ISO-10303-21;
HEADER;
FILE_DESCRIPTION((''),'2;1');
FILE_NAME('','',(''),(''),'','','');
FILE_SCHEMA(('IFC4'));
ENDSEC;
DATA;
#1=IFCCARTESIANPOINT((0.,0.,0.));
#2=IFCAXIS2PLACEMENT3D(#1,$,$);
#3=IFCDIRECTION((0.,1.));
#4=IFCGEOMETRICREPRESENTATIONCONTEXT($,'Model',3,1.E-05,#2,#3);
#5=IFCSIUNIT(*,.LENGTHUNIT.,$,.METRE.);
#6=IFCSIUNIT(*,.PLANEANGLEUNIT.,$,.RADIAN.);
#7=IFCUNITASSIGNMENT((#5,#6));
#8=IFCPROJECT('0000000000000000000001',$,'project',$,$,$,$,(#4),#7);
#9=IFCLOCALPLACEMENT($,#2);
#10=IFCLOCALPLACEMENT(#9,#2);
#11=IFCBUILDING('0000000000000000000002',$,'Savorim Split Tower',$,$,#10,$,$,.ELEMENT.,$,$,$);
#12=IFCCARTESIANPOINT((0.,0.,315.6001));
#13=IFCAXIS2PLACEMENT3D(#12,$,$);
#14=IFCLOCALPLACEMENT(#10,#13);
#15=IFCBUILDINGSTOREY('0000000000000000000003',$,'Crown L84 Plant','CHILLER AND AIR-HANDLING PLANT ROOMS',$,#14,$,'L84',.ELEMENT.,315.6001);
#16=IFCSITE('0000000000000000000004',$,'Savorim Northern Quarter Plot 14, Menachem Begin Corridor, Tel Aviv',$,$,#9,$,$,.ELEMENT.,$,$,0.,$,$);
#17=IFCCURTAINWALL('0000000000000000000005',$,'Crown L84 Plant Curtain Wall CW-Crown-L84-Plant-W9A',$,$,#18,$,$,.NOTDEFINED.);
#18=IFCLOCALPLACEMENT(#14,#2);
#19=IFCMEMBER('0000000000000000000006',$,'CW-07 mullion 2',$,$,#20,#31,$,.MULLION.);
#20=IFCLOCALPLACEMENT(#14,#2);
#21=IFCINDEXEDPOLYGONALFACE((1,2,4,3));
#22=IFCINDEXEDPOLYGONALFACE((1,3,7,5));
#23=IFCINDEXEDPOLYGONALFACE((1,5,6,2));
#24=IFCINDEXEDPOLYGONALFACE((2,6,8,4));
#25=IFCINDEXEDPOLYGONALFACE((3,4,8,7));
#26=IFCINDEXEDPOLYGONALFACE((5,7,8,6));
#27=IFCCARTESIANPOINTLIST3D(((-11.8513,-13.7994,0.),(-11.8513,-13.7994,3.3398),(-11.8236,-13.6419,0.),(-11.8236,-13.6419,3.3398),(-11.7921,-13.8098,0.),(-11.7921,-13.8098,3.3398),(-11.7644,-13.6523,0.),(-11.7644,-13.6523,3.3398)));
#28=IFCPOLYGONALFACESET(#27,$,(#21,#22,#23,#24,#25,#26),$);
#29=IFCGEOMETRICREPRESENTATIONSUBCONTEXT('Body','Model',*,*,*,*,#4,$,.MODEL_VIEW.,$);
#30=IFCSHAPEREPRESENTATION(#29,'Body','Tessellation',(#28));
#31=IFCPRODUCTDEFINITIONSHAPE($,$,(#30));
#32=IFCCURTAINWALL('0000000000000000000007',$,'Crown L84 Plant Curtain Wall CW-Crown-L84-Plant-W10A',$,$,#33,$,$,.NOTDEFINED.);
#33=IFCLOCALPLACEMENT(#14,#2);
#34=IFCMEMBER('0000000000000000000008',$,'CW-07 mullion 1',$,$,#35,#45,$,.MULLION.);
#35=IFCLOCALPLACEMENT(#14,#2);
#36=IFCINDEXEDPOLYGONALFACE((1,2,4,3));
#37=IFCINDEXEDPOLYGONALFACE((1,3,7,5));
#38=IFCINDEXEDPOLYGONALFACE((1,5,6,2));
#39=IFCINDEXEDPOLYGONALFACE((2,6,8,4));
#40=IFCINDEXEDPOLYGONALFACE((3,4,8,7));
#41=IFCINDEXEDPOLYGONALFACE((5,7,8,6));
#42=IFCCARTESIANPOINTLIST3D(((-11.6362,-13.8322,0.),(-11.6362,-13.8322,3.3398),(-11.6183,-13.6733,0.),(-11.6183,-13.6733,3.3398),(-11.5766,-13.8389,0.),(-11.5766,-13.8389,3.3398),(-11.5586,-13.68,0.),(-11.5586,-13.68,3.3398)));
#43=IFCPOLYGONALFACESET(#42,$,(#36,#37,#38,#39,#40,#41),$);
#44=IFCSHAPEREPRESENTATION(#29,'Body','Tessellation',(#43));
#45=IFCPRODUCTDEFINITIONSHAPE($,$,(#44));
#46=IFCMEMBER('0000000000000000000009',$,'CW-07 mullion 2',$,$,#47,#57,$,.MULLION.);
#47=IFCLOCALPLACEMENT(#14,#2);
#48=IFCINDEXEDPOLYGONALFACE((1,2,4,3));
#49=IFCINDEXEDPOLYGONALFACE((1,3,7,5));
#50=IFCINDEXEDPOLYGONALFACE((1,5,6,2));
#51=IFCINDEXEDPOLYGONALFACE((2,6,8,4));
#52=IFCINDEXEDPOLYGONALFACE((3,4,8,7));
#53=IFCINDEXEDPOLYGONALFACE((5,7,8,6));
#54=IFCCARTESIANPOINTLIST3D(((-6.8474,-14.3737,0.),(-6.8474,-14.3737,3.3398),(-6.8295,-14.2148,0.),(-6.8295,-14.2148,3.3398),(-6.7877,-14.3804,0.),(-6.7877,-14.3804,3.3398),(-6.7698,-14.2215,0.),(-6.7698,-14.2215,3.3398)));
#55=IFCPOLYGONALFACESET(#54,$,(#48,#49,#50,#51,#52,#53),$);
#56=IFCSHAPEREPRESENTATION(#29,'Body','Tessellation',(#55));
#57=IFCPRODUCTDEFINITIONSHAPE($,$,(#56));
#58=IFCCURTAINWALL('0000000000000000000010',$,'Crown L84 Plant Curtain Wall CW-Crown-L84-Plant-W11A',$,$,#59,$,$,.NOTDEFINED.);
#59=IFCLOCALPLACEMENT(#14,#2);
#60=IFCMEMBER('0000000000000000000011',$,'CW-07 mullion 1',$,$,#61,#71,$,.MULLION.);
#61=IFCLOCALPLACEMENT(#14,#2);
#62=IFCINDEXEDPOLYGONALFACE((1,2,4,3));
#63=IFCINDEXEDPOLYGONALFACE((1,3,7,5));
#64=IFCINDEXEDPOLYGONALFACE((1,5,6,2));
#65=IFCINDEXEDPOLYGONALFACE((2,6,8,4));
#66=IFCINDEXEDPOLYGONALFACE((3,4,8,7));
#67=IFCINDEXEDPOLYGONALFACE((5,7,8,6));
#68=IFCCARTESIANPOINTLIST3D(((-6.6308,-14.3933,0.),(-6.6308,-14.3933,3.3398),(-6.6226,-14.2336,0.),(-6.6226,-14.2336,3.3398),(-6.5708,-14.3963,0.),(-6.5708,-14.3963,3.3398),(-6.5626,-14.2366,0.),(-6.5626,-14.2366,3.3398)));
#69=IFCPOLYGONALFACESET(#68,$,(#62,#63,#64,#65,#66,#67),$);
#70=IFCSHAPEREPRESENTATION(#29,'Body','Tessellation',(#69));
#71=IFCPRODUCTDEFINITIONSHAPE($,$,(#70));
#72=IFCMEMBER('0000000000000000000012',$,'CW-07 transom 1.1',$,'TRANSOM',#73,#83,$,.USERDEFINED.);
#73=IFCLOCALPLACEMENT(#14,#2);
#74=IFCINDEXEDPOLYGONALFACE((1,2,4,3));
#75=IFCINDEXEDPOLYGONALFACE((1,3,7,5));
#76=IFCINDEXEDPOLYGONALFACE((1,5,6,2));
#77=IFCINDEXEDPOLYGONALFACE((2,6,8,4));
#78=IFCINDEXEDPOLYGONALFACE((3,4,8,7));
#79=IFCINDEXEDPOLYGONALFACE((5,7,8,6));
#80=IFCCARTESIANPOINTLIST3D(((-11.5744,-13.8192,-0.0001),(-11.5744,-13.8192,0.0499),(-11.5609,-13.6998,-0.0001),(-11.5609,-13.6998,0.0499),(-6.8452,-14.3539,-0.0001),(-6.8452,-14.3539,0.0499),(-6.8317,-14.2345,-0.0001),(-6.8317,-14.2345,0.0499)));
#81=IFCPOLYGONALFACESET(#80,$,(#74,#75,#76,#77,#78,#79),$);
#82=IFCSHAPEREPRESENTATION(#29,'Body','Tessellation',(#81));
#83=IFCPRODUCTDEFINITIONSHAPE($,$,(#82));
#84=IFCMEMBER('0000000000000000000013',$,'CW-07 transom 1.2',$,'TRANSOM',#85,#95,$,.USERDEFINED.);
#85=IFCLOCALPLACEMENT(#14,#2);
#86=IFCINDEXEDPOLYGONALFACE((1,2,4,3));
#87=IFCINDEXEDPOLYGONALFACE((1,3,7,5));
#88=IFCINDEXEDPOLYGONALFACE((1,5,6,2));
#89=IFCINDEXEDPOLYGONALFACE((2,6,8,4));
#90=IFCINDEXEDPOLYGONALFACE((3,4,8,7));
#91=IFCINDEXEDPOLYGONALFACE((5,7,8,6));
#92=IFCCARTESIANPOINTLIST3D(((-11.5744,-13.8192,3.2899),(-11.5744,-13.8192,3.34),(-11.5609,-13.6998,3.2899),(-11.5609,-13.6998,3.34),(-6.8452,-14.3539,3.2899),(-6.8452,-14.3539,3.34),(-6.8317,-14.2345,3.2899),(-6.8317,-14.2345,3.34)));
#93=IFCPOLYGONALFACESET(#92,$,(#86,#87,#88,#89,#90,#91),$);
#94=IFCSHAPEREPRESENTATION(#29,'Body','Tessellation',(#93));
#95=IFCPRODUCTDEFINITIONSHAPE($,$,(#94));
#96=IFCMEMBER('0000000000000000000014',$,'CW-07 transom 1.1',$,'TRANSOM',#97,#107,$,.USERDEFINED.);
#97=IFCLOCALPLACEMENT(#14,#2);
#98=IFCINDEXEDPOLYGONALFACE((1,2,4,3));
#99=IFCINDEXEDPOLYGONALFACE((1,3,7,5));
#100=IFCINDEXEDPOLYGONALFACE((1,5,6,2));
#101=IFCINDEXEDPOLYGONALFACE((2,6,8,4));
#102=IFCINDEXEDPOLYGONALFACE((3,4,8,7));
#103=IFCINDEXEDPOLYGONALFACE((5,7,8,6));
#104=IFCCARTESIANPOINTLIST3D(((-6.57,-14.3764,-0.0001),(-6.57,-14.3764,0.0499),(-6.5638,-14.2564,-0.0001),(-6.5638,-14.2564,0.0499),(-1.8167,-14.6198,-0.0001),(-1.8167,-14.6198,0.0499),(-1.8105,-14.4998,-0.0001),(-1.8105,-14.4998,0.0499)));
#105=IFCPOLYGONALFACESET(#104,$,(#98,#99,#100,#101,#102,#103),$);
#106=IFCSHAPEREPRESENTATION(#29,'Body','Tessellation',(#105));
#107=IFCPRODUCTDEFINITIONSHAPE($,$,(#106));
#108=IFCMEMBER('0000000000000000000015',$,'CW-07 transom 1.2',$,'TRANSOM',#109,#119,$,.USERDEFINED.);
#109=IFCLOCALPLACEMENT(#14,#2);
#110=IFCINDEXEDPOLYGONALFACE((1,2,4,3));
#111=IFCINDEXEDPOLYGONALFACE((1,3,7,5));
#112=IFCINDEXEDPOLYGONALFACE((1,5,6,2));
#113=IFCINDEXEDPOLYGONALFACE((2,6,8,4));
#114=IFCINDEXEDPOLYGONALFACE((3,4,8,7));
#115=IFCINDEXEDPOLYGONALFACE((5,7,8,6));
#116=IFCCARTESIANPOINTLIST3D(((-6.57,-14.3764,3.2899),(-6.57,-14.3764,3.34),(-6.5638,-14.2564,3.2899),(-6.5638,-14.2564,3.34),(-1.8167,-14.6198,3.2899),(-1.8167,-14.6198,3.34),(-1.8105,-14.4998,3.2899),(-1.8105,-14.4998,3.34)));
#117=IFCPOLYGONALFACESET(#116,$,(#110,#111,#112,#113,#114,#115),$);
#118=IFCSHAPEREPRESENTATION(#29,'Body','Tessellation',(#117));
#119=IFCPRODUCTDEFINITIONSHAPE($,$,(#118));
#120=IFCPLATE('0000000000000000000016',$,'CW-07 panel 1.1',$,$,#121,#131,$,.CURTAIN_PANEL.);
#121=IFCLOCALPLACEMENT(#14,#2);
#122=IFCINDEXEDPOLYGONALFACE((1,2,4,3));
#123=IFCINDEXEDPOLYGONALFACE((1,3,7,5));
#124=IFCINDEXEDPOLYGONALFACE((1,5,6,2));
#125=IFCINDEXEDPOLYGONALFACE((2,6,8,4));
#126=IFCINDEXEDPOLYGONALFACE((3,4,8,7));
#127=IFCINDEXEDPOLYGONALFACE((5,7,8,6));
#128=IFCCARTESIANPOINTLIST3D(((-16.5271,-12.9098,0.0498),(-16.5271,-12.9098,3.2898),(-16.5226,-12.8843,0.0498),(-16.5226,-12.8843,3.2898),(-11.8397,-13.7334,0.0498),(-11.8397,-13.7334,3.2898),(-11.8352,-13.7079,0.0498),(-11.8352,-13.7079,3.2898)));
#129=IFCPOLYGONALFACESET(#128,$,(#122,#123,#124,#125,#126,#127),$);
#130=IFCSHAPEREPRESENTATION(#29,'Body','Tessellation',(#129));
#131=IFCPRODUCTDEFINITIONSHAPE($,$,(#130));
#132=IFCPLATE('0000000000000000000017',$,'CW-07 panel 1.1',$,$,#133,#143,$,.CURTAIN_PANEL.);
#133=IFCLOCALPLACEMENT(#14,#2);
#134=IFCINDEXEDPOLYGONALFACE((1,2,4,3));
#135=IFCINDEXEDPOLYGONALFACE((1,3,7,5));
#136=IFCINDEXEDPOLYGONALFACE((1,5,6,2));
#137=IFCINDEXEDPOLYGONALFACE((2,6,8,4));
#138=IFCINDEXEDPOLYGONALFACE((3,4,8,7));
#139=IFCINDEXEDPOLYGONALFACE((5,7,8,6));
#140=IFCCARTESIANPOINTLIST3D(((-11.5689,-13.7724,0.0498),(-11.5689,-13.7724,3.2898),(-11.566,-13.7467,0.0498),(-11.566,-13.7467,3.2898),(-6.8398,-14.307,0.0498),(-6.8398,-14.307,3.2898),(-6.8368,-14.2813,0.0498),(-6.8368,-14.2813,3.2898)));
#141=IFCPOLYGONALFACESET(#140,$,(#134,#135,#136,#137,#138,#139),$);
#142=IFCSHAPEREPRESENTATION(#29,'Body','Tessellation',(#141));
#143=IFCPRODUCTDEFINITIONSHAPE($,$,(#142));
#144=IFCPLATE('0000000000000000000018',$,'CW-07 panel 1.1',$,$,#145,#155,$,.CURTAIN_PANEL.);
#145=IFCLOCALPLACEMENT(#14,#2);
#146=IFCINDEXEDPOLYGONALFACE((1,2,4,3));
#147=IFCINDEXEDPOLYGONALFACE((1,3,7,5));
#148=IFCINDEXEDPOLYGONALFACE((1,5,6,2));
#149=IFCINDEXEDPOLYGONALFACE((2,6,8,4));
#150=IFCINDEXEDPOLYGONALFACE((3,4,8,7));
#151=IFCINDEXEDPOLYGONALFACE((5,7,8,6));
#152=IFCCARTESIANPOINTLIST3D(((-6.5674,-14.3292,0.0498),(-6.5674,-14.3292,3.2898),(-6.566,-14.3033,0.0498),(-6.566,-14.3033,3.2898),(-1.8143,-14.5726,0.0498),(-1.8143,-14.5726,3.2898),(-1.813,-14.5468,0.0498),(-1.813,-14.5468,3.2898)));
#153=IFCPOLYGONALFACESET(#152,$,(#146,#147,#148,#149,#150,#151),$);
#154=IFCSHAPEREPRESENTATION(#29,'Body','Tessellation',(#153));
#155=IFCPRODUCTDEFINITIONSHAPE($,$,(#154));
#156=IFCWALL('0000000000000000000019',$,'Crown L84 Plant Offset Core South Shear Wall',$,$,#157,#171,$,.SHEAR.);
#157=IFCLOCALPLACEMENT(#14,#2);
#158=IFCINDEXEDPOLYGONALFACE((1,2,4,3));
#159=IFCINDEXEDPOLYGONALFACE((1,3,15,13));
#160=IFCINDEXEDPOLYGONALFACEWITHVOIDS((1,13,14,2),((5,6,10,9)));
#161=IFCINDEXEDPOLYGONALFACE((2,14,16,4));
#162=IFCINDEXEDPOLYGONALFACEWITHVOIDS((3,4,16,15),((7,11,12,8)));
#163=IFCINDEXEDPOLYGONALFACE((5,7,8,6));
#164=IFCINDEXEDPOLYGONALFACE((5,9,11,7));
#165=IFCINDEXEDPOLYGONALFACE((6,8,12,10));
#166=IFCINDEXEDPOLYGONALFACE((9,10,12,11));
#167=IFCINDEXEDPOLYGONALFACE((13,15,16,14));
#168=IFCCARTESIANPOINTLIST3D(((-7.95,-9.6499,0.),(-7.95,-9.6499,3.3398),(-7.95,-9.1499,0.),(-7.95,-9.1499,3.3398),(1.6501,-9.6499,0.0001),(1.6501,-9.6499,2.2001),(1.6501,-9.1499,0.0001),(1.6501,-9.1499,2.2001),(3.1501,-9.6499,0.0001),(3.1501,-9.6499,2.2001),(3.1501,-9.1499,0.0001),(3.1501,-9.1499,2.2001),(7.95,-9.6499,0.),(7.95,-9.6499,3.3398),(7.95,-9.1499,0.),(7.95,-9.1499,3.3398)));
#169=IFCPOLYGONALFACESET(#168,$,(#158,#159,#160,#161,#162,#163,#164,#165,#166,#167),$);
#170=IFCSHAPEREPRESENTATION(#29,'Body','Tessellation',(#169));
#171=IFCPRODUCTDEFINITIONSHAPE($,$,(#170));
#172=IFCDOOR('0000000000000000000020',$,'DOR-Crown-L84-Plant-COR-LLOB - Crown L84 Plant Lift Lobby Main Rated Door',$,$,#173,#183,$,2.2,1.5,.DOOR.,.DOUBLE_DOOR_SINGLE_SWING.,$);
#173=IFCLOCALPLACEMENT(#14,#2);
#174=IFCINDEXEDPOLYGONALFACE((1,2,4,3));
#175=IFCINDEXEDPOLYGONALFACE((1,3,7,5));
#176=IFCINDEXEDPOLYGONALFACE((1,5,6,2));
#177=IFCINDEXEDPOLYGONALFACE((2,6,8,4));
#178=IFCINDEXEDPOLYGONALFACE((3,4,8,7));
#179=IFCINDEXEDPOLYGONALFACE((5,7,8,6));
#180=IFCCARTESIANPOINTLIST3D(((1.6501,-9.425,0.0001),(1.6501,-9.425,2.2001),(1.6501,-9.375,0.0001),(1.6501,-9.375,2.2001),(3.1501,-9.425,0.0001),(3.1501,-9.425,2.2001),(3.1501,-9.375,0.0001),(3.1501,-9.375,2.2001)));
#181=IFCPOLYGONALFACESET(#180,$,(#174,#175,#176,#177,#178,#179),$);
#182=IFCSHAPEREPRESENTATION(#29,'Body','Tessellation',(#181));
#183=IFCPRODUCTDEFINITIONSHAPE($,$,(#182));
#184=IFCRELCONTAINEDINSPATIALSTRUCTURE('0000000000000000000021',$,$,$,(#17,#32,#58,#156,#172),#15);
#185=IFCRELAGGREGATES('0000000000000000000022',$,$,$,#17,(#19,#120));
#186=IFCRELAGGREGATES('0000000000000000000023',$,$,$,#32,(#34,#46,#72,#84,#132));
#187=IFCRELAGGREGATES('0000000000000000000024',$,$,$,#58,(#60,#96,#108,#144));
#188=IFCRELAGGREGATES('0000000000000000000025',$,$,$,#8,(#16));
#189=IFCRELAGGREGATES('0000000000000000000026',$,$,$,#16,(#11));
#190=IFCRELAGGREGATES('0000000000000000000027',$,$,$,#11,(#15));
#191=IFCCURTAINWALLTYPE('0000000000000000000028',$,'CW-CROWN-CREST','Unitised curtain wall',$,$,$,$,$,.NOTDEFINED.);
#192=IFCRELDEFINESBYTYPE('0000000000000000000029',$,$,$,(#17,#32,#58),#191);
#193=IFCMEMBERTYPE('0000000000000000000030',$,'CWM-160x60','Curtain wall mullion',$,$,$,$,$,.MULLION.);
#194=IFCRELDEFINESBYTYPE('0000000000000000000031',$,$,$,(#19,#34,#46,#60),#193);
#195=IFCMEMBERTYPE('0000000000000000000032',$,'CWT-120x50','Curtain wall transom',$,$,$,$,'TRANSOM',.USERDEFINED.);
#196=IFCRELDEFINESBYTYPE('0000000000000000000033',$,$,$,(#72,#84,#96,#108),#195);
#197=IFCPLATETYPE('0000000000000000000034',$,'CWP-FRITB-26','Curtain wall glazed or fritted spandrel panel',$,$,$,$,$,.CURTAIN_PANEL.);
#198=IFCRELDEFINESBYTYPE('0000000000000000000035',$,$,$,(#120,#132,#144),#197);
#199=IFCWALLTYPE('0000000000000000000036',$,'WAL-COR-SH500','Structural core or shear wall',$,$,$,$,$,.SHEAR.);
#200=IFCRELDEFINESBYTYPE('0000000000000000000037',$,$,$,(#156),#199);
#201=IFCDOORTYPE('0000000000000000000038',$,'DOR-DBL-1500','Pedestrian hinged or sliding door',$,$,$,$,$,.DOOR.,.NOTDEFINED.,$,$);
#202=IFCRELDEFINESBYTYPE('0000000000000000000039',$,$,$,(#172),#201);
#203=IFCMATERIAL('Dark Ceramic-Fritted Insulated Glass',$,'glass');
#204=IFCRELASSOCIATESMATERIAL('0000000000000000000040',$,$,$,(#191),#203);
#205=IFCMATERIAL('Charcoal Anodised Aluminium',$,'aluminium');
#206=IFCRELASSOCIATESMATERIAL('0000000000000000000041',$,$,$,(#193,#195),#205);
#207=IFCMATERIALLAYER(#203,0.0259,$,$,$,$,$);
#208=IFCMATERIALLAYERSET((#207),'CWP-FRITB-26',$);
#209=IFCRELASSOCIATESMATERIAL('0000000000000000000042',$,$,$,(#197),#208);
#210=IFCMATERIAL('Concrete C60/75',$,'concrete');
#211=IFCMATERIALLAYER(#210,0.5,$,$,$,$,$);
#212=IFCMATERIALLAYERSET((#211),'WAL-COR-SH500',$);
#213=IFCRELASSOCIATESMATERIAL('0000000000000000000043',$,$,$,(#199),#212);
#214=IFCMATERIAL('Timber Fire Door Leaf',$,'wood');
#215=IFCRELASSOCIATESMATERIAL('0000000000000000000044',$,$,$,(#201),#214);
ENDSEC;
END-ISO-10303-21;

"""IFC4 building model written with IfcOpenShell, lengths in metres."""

from ifc_helpers import new_model, si_unit, direction, frame, frame_2d, origin, origin_2d, place, context, subcontext, project, spatial, rectangle, extrude, material, layer, layer_set, material_profile, profile_set, type_object, element, fill, aggregate, save


model = new_model("IFC4")

# Units and contexts
model_context = context("Model", 3, precision=1e-05, world=origin(), true_north=direction((0.0, 1.0)))
body_context = subcontext(model_context, "Body", "Model", "MODEL_VIEW")
ifc_project = project(units=[si_unit("LENGTHUNIT", "METRE"), si_unit("PLANEANGLEUNIT", "RADIAN")], contexts=[model_context])

# Site, building, storey
site_placement = place(None, origin())
site = spatial("IfcSite", under=ifc_project, at=site_placement, Name="Savorim Northern Quarter Plot 14, Menachem Begin Corridor, Tel Aviv", CompositionType="ELEMENT", RefElevation=0.0)
building_placement = place(site_placement, origin())
building = spatial("IfcBuilding", under=site, at=building_placement, Name="Savorim Split Tower", CompositionType="ELEMENT")
storey_placement = place(building_placement, frame((0.0, 0.0, 315.6001)))
storey = spatial("IfcBuildingStorey", under=building, at=storey_placement, Name="Crown L84 Plant", Description="CHILLER AND AIR-HANDLING PLANT ROOMS", LongName="L84", CompositionType="ELEMENT", Elevation=315.6001)

# Curtain wall, member
ifc_material_1 = material(Name="Dark Ceramic-Fritted Insulated Glass", Category="glass")
curtain_wall_type = type_object("IfcCurtainWallType", Name="CW-CROWN-CREST", Description="Unitised curtain wall", PredefinedType="NOTDEFINED", material=ifc_material_1)
curtain_wall_1_placement = place(storey_placement, origin())
curtain_wall_1 = element("IfcCurtainWall", 1, at=curtain_wall_1_placement, inside=storey, type_object=curtain_wall_type, Name="Crown L84 Plant Curtain Wall CW-Crown-L84-Plant-W9A", PredefinedType="NOTDEFINED")
ifc_material_2 = material(Name="Charcoal Anodised Aluminium", Category="aluminium")
ifc_material_profile_1 = material_profile(ifc_material_2, rectangle(XDim=0.1599, YDim=0.0601, at=origin_2d()), Name="ALU-M 160x60")
ifc_profile_set_1 = profile_set([ifc_material_profile_1], Name="Charcoal Anodised Aluminium")
member_type_1 = type_object("IfcMemberType", Name="CWM-160x60", Description="Curtain wall mullion", PredefinedType="MULLION", material=ifc_profile_set_1)
member_1_placement = place(storey_placement, frame((-11.8079, -13.7258, 0.0), z_axis=(0.0, 0.0, 1.0), x_axis=(0.173057, 0.984912, 0.0)))
member_1 = element("IfcMember", 2, at=member_1_placement, type_object=member_type_1, Name="CW-07 mullion 2", PredefinedType="MULLION", context=body_context, shape_type="SweptSolid", body=[
    extrude(rectangle(XDim=0.1599, YDim=0.0601, at=origin_2d()), origin(), (0.0, 0.0, 1.0), 3.3398),
])

# Curtain wall, members
curtain_wall_2_placement = place(storey_placement, origin())
curtain_wall_2 = element("IfcCurtainWall", 3, at=curtain_wall_2_placement, inside=storey, type_object=curtain_wall_type, Name="Crown L84 Plant Curtain Wall CW-Crown-L84-Plant-W10A", PredefinedType="NOTDEFINED")
member_2_placement = place(storey_placement, frame((-11.5974, -13.7561, 0.0), z_axis=(0.0, 0.0, 1.0), x_axis=(0.11233, 0.993671, 0.0)))
member_2 = element("IfcMember", 4, at=member_2_placement, type_object=member_type_1, Name="CW-07 mullion 1", PredefinedType="MULLION", context=body_context, shape_type="SweptSolid", body=[
    extrude(rectangle(XDim=0.1599, YDim=0.0601, at=origin_2d()), origin(), (0.0, 0.0, 1.0), 3.3398),
])
member_3_placement = place(storey_placement, frame((-6.8086, -14.2976, 0.0), z_axis=(0.0, 0.0, 1.0), x_axis=(0.11233, 0.993671, 0.0)))
member_3 = element("IfcMember", 5, at=member_3_placement, type_object=member_type_1, Name="CW-07 mullion 2", PredefinedType="MULLION", context=body_context, shape_type="SweptSolid", body=[
    extrude(rectangle(XDim=0.1599, YDim=0.0601, at=origin_2d()), origin(), (0.0, 0.0, 1.0), 3.3398),
])

# Curtain wall, member
curtain_wall_3_placement = place(storey_placement, origin())
curtain_wall_3 = element("IfcCurtainWall", 6, at=curtain_wall_3_placement, inside=storey, type_object=curtain_wall_type, Name="Crown L84 Plant Curtain Wall CW-Crown-L84-Plant-W11A", PredefinedType="NOTDEFINED")
member_4_placement = place(storey_placement, frame((-6.5967, -14.3149, 0.0), z_axis=(0.0, 0.0, 1.0), x_axis=(0.051154, 0.998691, 0.0)))
member_4 = element("IfcMember", 7, at=member_4_placement, type_object=member_type_1, Name="CW-07 mullion 1", PredefinedType="MULLION", context=body_context, shape_type="SweptSolid", body=[
    extrude(rectangle(XDim=0.1599, YDim=0.0601, at=origin_2d()), origin(), (0.0, 0.0, 1.0), 3.3398),
])

# Members
ifc_material_profile_2 = material_profile(ifc_material_2, rectangle(XDim=0.1201, YDim=0.05, at=origin_2d()), Name="ALU-T 120x50")
ifc_profile_set_2 = profile_set([ifc_material_profile_2], Name="Charcoal Anodised Aluminium")
member_type_2 = type_object("IfcMemberType", Name="CWT-120x50", Description="Curtain wall transom", ElementType="TRANSOM", PredefinedType="USERDEFINED", material=ifc_profile_set_2)
member_5_placement = place(storey_placement, frame((-11.5676, -13.7595, 0.0249), z_axis=(0.99367, -0.11234, 0.0), x_axis=(0.11234, 0.99367, 0.0)))
member_5 = element("IfcMember", 8, at=member_5_placement, type_object=member_type_2, Name="CW-07 transom 1.1", ObjectType="TRANSOM", PredefinedType="USERDEFINED", context=body_context, shape_type="SweptSolid", body=[
    extrude(rectangle(XDim=0.1201, YDim=0.05, at=origin_2d()), origin(), (0.0, 0.0, 1.0), 4.7593),
])
member_6_placement = place(storey_placement, frame((-11.5676, -13.7595, 3.3149), z_axis=(0.99367, -0.11234, 0.0), x_axis=(0.11234, 0.99367, 0.0)))
member_6 = element("IfcMember", 9, at=member_6_placement, type_object=member_type_2, Name="CW-07 transom 1.2", ObjectType="TRANSOM", PredefinedType="USERDEFINED", context=body_context, shape_type="SweptSolid", body=[
    extrude(rectangle(XDim=0.1201, YDim=0.05, at=origin_2d()), origin(), (0.0, 0.0, 1.0), 4.7593),
])
member_7_placement = place(storey_placement, frame((-6.5669, -14.3164, 0.0249), z_axis=(0.998691, -0.051143, 0.0), x_axis=(0.051143, 0.998691, 0.0)))
member_7 = element("IfcMember", 10, at=member_7_placement, type_object=member_type_2, Name="CW-07 transom 1.1", ObjectType="TRANSOM", PredefinedType="USERDEFINED", context=body_context, shape_type="SweptSolid", body=[
    extrude(rectangle(XDim=0.1201, YDim=0.05, at=origin_2d()), origin(), (0.0, 0.0, 1.0), 4.7595),
])
member_8_placement = place(storey_placement, frame((-6.5669, -14.3164, 3.3149), z_axis=(0.998691, -0.051143, 0.0), x_axis=(0.051143, 0.998691, 0.0)))
member_8 = element("IfcMember", 11, at=member_8_placement, type_object=member_type_2, Name="CW-07 transom 1.2", ObjectType="TRANSOM", PredefinedType="USERDEFINED", context=body_context, shape_type="SweptSolid", body=[
    extrude(rectangle(XDim=0.1201, YDim=0.05, at=origin_2d()), origin(), (0.0, 0.0, 1.0), 4.7595),
])

# Plates
ifc_layer_1 = layer(ifc_material_1, 0.0259)
ifc_layer_set_1 = layer_set([ifc_layer_1], Name="CWP-FRITB-26")
plate_type = type_object("IfcPlateType", Name="CWP-FRITB-26", Description="Curtain wall glazed or fritted spandrel panel", PredefinedType="CURTAIN_PANEL", material=ifc_layer_set_1)
plate_1_placement = place(storey_placement, frame((-14.1812, -13.3088, 0.0498), z_axis=(0.0, 0.0, 1.0), x_axis=(0.984912, -0.173057, 0.0)))
plate_1 = element("IfcPlate", 12, at=plate_1_placement, type_object=plate_type, Name="CW-07 panel 1.1", PredefinedType="CURTAIN_PANEL", context=body_context, shape_type="SweptSolid", body=[
    extrude(rectangle(XDim=4.7593, YDim=0.0259, at=origin_2d()), origin(), (0.0, 0.0, 1.0), 3.24),
])
aggregate(curtain_wall_1, [member_1, plate_1])
plate_2_placement = place(storey_placement, frame((-9.2029, -14.0269, 0.0498), z_axis=(0.0, 0.0, 1.0), x_axis=(0.993671, -0.11233, 0.0)))
plate_2 = element("IfcPlate", 13, at=plate_2_placement, type_object=plate_type, Name="CW-07 panel 1.1", PredefinedType="CURTAIN_PANEL", context=body_context, shape_type="SweptSolid", body=[
    extrude(rectangle(XDim=4.7593, YDim=0.0259, at=origin_2d()), origin(), (0.0, 0.0, 1.0), 3.24),
])
aggregate(curtain_wall_2, [member_2, member_3, member_5, member_6, plate_2])
plate_3_placement = place(storey_placement, frame((-4.1902, -14.438, 0.0498), z_axis=(0.0, 0.0, 1.0), x_axis=(0.998691, -0.051154, 0.0)))
plate_3 = element("IfcPlate", 14, at=plate_3_placement, type_object=plate_type, Name="CW-07 panel 1.1", PredefinedType="CURTAIN_PANEL", context=body_context, shape_type="SweptSolid", body=[
    extrude(rectangle(XDim=4.7593, YDim=0.0259, at=origin_2d()), origin(), (0.0, 0.0, 1.0), 3.24),
])
aggregate(curtain_wall_3, [member_4, member_7, member_8, plate_3])

# Wall, opening, door
ifc_material_3 = material(Name="Concrete C60/75", Category="concrete")
ifc_layer_2 = layer(ifc_material_3, 0.5)
ifc_layer_set_2 = layer_set([ifc_layer_2], Name="WAL-COR-SH500")
wall_type_1 = type_object("IfcWallType", Name="WAL-COR-SH500", Description="Structural core or shear wall", PredefinedType="SHEAR", material=ifc_layer_set_2)
wall_1_placement = place(storey_placement, frame((-7.95, -9.3999, 0.0), z_axis=(0.0, 0.0, 1.0), x_axis=(1.0, 0.0, 0.0)))
wall_1 = element("IfcWall", 15, at=wall_1_placement, inside=storey, type_object=wall_type_1, Name="Crown L84 Plant Offset Core South Shear Wall", PredefinedType="SHEAR", context=body_context, shape_type="SweptSolid", body=[
    extrude(rectangle(XDim=15.8999, YDim=0.5, at=frame_2d((7.95, 0.0))), origin(), (0.0, 0.0, 1.0), 3.3398),
])
opening_1_placement = place(wall_1_placement, frame((9.6001, 0.0, 0.0)))
opening_1 = element("IfcOpeningElement", 16, at=opening_1_placement, cuts=wall_1, PredefinedType="OPENING", context=body_context, shape_type="SweptSolid", body=[
    extrude(rectangle(XDim=1.5, YDim=2.2, at=frame_2d((0.75, 1.1001))), frame((0.0, 0.26, 0.0), z_axis=(0.0, -1.0, 0.0), x_axis=(1.0, 0.0, 0.0)), (0.0, 0.0, 1.0), 0.52),
])
ifc_material_4 = material(Name="Timber Fire Door Leaf", Category="wood")
door_type_1 = type_object("IfcDoorType", Name="DOR-DBL-1500", Description="Pedestrian hinged or sliding door", OperationType="NOTDEFINED", PredefinedType="DOOR", material=ifc_material_4)
door_1_placement = place(opening_1_placement, origin())
door_1 = element("IfcDoor", 17, at=door_1_placement, inside=storey, type_object=door_type_1, Name="DOR-Crown-L84-Plant-COR-LLOB - Crown L84 Plant Lift Lobby Main Rated Door", OperationType="DOUBLE_DOOR_SINGLE_SWING", OverallHeight=2.2, OverallWidth=1.5, PredefinedType="DOOR", context=body_context, shape_type="SweptSolid", body=[
    extrude(rectangle(XDim=1.5, YDim=2.2, at=frame_2d((0.75, 1.1001))), frame((0.0, 0.0249, 0.0), z_axis=(0.0, -1.0, 0.0), x_axis=(1.0, 0.0, 0.0)), (0.0, 0.0, 1.0), 0.05),
])
fill(opening_1, door_1)

save(model, "model.ifc")
